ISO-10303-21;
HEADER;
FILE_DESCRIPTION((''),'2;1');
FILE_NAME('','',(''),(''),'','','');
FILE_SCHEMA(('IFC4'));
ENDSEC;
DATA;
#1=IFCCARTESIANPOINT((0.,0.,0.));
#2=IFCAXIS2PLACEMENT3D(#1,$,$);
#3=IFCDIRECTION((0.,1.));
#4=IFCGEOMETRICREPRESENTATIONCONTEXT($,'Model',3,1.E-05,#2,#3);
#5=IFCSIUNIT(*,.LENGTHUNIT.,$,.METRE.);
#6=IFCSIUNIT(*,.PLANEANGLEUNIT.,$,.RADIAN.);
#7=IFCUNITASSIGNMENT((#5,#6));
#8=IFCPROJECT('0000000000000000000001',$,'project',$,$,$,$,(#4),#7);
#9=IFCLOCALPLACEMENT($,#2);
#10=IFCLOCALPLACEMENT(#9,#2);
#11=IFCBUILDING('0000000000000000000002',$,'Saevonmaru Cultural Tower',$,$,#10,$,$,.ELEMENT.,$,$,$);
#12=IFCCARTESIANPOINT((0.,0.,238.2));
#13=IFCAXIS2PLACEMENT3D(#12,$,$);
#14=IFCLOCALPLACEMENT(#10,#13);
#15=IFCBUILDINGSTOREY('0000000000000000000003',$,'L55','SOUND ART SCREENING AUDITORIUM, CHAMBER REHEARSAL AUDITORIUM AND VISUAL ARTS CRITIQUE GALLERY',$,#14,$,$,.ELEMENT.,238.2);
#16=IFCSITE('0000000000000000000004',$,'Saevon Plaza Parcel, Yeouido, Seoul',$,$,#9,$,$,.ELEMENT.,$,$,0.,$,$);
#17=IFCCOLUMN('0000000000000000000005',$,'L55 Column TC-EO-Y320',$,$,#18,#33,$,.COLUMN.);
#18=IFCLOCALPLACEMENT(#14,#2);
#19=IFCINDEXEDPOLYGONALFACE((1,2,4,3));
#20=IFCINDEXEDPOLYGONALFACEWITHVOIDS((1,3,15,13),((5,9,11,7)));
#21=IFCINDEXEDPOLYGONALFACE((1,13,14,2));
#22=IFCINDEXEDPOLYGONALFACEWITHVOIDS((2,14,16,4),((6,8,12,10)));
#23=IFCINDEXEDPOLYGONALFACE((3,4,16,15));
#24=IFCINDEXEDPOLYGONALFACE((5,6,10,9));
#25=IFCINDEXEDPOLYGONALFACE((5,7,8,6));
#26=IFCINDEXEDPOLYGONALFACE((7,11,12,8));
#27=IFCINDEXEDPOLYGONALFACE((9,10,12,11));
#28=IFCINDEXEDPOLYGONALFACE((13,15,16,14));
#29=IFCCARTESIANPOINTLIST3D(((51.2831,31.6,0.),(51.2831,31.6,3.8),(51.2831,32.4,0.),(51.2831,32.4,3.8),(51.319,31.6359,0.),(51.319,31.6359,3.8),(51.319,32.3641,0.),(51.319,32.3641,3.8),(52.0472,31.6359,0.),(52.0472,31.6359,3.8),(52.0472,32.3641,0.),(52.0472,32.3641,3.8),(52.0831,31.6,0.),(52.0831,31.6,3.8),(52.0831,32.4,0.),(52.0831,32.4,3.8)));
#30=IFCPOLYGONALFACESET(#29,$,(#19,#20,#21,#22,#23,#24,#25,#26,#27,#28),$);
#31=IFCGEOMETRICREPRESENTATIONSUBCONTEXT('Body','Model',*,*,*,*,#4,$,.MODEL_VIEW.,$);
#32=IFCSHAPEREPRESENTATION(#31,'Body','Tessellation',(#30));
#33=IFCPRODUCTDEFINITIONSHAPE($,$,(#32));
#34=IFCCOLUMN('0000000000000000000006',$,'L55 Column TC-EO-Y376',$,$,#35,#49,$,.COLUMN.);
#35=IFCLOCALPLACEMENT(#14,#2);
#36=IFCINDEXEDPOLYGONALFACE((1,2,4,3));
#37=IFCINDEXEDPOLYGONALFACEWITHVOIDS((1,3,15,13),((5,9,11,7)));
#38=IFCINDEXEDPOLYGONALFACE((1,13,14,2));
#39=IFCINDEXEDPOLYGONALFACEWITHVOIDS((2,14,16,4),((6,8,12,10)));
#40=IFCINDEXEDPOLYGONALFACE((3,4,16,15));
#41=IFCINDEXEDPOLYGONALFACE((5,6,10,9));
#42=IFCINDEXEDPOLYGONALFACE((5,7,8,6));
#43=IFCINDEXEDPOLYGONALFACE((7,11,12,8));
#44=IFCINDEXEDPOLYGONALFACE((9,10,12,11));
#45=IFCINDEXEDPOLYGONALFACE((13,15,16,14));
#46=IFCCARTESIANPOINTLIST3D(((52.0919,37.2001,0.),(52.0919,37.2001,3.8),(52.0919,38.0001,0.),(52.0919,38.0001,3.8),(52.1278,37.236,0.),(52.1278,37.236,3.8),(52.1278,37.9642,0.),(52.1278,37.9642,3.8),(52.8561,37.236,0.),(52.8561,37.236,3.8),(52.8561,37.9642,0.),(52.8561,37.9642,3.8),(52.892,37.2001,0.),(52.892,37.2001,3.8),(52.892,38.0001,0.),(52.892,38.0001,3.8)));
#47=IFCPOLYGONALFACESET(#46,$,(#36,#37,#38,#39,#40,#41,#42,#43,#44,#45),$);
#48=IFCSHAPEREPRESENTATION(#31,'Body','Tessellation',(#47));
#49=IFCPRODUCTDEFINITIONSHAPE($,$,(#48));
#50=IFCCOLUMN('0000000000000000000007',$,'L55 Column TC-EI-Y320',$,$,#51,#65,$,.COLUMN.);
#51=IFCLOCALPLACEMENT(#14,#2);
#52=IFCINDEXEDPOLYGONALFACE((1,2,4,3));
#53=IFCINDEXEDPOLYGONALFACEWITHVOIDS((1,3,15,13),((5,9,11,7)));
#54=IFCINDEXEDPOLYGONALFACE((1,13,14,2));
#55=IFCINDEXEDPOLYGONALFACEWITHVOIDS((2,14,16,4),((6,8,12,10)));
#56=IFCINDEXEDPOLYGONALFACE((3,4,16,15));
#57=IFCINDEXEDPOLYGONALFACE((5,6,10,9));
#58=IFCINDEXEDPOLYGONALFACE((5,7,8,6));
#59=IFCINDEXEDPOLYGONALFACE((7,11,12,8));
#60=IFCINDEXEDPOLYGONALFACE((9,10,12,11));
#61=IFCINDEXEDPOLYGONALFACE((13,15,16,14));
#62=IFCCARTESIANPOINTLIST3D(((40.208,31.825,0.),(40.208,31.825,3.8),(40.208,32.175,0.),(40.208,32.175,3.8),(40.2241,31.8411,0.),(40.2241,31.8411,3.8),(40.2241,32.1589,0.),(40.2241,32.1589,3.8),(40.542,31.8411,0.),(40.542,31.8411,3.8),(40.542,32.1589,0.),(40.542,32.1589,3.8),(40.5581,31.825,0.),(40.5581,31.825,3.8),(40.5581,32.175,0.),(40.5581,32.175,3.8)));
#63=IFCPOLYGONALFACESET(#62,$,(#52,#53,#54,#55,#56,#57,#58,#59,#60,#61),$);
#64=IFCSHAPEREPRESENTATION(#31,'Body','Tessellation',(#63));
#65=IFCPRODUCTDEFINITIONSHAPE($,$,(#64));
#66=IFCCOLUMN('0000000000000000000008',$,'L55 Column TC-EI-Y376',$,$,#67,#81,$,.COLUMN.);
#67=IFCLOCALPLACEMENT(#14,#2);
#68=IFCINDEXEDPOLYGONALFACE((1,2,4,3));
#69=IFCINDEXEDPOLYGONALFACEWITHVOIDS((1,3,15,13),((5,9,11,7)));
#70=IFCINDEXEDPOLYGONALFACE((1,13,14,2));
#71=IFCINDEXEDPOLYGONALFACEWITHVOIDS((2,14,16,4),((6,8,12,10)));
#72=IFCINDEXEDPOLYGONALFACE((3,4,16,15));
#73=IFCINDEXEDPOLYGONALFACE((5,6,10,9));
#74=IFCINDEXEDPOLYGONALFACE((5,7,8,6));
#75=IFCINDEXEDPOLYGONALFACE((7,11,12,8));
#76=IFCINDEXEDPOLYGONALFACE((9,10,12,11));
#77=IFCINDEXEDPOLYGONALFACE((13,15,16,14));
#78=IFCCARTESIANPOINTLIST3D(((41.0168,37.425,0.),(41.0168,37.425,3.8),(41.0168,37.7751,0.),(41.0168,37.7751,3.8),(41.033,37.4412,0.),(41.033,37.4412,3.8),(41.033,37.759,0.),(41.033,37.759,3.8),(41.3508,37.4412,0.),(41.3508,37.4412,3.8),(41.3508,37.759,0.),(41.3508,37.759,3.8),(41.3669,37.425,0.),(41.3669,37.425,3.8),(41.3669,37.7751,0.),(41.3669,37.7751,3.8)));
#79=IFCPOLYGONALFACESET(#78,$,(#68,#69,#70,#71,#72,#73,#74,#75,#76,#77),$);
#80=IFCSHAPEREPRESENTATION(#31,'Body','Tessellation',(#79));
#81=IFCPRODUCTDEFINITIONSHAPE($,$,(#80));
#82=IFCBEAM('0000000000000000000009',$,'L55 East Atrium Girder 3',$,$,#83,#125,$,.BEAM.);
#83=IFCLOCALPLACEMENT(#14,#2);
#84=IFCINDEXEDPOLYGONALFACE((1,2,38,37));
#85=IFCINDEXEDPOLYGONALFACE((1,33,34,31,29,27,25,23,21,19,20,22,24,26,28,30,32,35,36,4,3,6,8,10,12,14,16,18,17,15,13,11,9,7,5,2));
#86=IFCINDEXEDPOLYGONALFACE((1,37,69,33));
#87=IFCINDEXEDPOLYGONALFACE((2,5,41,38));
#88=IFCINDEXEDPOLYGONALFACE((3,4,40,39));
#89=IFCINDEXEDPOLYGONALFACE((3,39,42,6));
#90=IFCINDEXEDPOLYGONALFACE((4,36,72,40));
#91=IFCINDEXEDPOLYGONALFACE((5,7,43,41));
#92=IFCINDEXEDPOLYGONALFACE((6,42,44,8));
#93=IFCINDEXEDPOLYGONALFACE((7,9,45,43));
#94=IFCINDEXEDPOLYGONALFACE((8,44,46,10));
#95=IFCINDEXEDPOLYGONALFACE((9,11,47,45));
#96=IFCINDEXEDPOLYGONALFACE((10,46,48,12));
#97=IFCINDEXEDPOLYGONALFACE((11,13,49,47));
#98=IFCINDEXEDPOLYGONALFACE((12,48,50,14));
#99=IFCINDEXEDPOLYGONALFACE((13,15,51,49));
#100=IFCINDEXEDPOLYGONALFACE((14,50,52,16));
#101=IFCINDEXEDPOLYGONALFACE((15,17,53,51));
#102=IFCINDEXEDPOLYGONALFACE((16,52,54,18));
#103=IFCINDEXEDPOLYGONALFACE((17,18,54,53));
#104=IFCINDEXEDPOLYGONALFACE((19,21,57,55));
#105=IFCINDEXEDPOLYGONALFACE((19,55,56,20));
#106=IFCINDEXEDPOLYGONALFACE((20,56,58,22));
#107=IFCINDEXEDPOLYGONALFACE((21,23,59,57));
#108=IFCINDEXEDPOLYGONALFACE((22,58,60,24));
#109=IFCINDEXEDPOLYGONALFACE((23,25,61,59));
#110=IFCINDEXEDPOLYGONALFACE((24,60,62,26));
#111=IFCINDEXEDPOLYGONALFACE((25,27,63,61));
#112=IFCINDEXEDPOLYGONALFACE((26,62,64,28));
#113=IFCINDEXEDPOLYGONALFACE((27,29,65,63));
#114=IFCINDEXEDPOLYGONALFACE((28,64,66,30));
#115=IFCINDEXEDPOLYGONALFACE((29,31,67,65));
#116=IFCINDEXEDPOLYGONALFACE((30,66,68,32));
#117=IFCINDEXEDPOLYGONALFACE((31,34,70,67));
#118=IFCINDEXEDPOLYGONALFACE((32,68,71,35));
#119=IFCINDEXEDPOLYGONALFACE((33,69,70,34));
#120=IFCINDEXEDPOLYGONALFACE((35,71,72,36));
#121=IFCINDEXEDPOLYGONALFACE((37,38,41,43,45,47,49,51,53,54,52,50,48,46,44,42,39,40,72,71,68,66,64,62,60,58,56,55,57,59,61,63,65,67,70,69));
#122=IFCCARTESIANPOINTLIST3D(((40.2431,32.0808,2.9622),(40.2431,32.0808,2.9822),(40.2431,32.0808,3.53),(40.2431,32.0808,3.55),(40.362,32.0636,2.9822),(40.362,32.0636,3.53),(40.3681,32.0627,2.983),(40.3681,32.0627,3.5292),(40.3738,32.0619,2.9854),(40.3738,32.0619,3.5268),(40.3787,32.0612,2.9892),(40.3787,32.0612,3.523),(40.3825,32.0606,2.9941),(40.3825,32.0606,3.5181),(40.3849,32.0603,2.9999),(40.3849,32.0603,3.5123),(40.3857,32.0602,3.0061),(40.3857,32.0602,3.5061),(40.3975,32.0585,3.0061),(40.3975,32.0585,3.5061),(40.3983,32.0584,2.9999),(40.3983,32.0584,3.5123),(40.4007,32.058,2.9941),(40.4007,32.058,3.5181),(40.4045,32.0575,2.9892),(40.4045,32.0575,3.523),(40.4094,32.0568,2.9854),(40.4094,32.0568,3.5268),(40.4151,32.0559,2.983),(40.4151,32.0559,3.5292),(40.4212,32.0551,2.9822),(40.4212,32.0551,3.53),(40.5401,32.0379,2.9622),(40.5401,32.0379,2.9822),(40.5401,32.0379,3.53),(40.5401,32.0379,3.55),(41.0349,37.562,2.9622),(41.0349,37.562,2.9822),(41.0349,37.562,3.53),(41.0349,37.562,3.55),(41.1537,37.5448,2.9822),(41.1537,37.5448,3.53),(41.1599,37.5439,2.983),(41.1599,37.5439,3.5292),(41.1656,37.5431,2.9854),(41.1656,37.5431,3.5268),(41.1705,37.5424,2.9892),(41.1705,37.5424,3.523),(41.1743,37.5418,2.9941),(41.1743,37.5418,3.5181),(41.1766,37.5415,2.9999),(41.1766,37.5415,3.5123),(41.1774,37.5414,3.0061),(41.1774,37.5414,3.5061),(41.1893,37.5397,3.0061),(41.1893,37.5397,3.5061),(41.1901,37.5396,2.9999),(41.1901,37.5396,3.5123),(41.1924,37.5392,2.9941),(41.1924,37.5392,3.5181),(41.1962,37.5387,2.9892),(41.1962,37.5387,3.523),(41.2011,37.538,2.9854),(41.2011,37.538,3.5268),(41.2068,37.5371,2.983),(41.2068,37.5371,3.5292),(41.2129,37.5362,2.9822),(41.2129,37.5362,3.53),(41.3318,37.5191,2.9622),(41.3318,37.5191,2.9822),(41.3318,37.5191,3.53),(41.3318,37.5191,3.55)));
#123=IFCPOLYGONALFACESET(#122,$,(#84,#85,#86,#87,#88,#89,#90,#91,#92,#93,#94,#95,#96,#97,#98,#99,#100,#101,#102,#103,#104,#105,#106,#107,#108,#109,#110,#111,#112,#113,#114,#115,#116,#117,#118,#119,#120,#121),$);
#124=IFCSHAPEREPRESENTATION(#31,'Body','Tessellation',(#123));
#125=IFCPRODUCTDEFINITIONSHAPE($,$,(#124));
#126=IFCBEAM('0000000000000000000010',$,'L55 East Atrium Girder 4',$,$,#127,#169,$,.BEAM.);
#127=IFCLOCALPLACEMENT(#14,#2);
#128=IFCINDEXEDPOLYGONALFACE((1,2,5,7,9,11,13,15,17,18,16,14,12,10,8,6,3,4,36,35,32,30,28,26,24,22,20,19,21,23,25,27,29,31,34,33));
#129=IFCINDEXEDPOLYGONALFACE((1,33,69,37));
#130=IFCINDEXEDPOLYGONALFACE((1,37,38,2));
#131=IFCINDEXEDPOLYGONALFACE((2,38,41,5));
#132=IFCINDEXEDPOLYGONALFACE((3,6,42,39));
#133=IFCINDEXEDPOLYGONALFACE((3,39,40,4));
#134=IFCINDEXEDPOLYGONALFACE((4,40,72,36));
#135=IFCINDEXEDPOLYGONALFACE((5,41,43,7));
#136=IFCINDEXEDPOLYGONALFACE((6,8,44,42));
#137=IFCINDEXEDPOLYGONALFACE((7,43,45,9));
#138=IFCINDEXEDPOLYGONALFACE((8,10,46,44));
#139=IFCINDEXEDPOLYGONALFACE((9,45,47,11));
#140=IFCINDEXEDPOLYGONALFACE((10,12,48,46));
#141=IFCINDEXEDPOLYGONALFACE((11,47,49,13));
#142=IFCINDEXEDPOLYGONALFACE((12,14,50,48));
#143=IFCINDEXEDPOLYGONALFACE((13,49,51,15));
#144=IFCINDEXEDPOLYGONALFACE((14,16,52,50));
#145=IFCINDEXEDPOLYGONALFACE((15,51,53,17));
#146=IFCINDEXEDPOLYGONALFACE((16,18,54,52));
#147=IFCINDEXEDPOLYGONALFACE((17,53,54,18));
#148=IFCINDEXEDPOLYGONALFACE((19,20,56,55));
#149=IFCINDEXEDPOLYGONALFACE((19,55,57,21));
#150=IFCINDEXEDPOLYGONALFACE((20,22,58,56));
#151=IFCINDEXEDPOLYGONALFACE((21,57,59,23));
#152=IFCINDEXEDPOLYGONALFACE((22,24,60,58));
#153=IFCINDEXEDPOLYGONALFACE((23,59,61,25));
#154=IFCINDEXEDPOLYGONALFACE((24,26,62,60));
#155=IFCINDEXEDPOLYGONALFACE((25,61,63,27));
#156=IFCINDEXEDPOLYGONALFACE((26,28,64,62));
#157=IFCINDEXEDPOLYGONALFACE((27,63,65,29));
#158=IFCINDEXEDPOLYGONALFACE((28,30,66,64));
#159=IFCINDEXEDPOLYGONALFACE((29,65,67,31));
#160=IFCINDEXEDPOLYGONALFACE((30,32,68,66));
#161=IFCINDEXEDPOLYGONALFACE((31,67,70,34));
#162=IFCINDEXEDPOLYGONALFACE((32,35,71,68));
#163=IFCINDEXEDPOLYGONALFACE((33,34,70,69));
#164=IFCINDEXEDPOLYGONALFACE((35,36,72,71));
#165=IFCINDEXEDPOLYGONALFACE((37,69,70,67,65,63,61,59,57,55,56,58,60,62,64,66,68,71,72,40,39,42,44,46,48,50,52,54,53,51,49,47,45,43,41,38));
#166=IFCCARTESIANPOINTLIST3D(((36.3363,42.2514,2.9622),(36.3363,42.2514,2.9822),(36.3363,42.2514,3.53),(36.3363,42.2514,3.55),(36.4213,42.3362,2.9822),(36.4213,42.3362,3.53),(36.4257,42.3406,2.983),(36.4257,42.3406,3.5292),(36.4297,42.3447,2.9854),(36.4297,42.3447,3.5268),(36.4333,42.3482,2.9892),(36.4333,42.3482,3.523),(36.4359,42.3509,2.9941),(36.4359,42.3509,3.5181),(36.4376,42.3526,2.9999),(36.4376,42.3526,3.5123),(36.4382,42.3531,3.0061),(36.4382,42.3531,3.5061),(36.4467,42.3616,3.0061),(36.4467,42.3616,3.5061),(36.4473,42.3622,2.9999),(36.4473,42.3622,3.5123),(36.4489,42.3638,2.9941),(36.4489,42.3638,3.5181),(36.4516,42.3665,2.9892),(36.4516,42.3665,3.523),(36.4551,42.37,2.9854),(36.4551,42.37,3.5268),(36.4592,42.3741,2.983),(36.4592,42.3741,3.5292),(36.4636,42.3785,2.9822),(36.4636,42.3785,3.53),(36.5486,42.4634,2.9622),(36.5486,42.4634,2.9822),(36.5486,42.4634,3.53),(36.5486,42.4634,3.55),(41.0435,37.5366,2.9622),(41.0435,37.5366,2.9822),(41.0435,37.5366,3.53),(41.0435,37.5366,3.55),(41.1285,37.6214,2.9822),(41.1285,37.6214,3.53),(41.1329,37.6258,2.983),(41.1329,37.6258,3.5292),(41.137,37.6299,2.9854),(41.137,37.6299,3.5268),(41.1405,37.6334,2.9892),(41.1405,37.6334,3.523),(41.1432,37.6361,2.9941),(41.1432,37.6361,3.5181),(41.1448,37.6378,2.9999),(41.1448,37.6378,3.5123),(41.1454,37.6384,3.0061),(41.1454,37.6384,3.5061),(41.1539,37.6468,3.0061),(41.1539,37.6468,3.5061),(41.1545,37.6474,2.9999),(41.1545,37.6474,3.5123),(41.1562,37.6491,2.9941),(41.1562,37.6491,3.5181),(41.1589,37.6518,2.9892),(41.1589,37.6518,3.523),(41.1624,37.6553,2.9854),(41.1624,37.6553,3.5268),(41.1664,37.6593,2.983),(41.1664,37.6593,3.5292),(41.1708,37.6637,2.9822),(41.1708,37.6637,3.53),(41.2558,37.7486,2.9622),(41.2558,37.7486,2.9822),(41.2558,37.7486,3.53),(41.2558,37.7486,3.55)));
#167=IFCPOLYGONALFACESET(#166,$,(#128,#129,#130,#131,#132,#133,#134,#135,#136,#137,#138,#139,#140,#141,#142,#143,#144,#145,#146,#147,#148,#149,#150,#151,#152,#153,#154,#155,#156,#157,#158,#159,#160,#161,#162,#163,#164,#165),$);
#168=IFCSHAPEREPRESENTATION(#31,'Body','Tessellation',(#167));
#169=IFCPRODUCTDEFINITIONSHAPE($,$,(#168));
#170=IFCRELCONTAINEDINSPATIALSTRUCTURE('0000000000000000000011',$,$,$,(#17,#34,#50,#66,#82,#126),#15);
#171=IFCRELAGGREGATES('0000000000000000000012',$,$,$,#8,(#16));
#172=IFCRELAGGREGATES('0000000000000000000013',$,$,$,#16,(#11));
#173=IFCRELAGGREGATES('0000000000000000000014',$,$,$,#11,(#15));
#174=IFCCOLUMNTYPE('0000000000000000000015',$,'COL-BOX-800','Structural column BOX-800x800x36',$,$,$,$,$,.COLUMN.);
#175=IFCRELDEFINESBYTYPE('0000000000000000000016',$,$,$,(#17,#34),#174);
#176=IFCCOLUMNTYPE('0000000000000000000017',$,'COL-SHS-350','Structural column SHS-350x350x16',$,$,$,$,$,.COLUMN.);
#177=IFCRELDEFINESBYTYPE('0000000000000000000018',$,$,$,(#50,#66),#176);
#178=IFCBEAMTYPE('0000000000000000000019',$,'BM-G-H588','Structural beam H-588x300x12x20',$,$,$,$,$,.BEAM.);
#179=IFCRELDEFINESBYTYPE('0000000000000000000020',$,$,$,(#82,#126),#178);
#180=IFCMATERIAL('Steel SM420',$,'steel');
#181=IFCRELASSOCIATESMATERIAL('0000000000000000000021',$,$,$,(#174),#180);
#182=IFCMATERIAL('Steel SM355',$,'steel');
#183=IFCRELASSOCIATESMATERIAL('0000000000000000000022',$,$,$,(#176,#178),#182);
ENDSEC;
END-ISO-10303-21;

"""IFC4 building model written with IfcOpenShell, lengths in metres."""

from ifc_helpers import new_model, si_unit, direction, frame, origin, origin_2d, place, context, subcontext, project, spatial, hollow_rectangle, i_section, extrude, material, material_profile, profile_set, type_object, element, save


model = new_model("IFC4")

# Units and contexts
model_context = context("Model", 3, precision=1e-05, world=origin(), true_north=direction((0.0, 1.0)))
body_context = subcontext(model_context, "Body", "Model", "MODEL_VIEW")
ifc_project = project(units=[si_unit("LENGTHUNIT", "METRE"), si_unit("PLANEANGLEUNIT", "RADIAN")], contexts=[model_context])

# Site, building, storey
site_placement = place(None, origin())
site = spatial("IfcSite", under=ifc_project, at=site_placement, Name="Saevon Plaza Parcel, Yeouido, Seoul", CompositionType="ELEMENT", RefElevation=0.0)
building_placement = place(site_placement, origin())
building = spatial("IfcBuilding", under=site, at=building_placement, Name="Saevonmaru Cultural Tower", CompositionType="ELEMENT")
storey_placement = place(building_placement, frame((0.0, 0.0, 238.2)))
storey = spatial("IfcBuildingStorey", under=building, at=storey_placement, Name="L55", Description="SOUND ART SCREENING AUDITORIUM, CHAMBER REHEARSAL AUDITORIUM AND VISUAL ARTS CRITIQUE GALLERY", CompositionType="ELEMENT", Elevation=238.2)

# Columns
ifc_material_1 = material(Name="Steel SM420", Category="steel")
ifc_material_profile_1 = material_profile(ifc_material_1, hollow_rectangle(XDim=0.8, YDim=0.8, WallThickness=0.0359, at=origin_2d()), Name="BOX-800x800x36")
ifc_profile_set_1 = profile_set([ifc_material_profile_1], Name="Steel SM420")
column_type_1 = type_object("IfcColumnType", Name="COL-BOX-800", Description="Structural column BOX-800x800x36", PredefinedType="COLUMN", material=ifc_profile_set_1)
for number, where, z_axis, x_axis, name in (
    (1, (51.6831, 32.0, 0.0), (0.0, 0.0, 1.0), (1.0, 0.0, 0.0), "L55 Column TC-EO-Y320"),
    (2, (52.4919, 37.6001, 0.0), (0.0, 0.0, 1.0), (1.0, 0.0, 0.0), "L55 Column TC-EO-Y376"),
):
    element("IfcColumn", number, at=place(storey_placement, frame(where, z_axis=z_axis, x_axis=x_axis)), inside=storey, type_object=column_type_1, Name=name, PredefinedType="COLUMN", context=body_context, shape_type="SweptSolid", body=[
        extrude(hollow_rectangle(XDim=0.8, YDim=0.8, WallThickness=0.0359, at=origin_2d()), origin(), (0.0, 0.0, 1.0), 3.8),
    ])
ifc_material_2 = material(Name="Steel SM355", Category="steel")
ifc_material_profile_2 = material_profile(ifc_material_2, hollow_rectangle(XDim=0.3501, YDim=0.3501, WallThickness=0.0161, at=origin_2d()), Name="SHS-350x350x16")
ifc_profile_set_2 = profile_set([ifc_material_profile_2], Name="Steel SM355")
column_type_2 = type_object("IfcColumnType", Name="COL-SHS-350", Description="Structural column SHS-350x350x16", PredefinedType="COLUMN", material=ifc_profile_set_2)
for number, where, z_axis, x_axis, name in (
    (3, (40.3831, 32.0, 0.0), (0.0, 0.0, 1.0), (1.0, 0.0, 0.0), "L55 Column TC-EI-Y320"),
    (4, (41.1919, 37.6001, 0.0), (0.0, 0.0, 1.0), (1.0, 0.0, 0.0), "L55 Column TC-EI-Y376"),
):
    element("IfcColumn", number, at=place(storey_placement, frame(where, z_axis=z_axis, x_axis=x_axis)), inside=storey, type_object=column_type_2, Name=name, PredefinedType="COLUMN", context=body_context, shape_type="SweptSolid", body=[
        extrude(hollow_rectangle(XDim=0.3501, YDim=0.3501, WallThickness=0.0161, at=origin_2d()), origin(), (0.0, 0.0, 1.0), 3.8),
    ])

# Beams
ifc_material_profile_3 = material_profile(ifc_material_2, i_section(OverallWidth=0.3, OverallDepth=0.5879, WebThickness=0.012, FlangeThickness=0.02, FilletRadius=0.0239, at=origin_2d()), Name="H-588x300x12x20")
ifc_profile_set_3 = profile_set([ifc_material_profile_3], Name="Steel SM355")
beam_type_1 = type_object("IfcBeamType", Name="BM-G-H588", Description="Structural beam H-588x300x12x20", PredefinedType="BEAM", material=ifc_profile_set_3)
beam_1_placement = place(storey_placement, frame((40.3916, 32.0593, 3.2561), z_axis=(0.142964, 0.989728, 0.0), x_axis=(-0.989728, 0.142964, 0.0)))
element("IfcBeam", 5, at=beam_1_placement, inside=storey, type_object=beam_type_1, Name="L55 East Atrium Girder 3", PredefinedType="BEAM", context=body_context, shape_type="SweptSolid", body=[
    extrude(i_section(OverallWidth=0.3, OverallDepth=0.5879, WebThickness=0.012, FlangeThickness=0.02, FilletRadius=0.0239, at=origin_2d()), origin(), (0.0, 0.0, 1.0), 5.5381),
])
beam_2_placement = place(storey_placement, frame((41.1497, 37.6426, 3.2561), z_axis=(-0.706539, 0.707675, 0.0), x_axis=(-0.707675, -0.706539, 0.0)))
element("IfcBeam", 6, at=beam_2_placement, inside=storey, type_object=beam_type_1, Name="L55 East Atrium Girder 4", PredefinedType="BEAM", context=body_context, shape_type="SweptSolid", body=[
    extrude(i_section(OverallWidth=0.3, OverallDepth=0.5879, WebThickness=0.012, FlangeThickness=0.02, FilletRadius=0.0239, at=origin_2d()), origin(), (0.0, 0.0, 1.0), 6.6624),
])

save(model, "model.ifc")
